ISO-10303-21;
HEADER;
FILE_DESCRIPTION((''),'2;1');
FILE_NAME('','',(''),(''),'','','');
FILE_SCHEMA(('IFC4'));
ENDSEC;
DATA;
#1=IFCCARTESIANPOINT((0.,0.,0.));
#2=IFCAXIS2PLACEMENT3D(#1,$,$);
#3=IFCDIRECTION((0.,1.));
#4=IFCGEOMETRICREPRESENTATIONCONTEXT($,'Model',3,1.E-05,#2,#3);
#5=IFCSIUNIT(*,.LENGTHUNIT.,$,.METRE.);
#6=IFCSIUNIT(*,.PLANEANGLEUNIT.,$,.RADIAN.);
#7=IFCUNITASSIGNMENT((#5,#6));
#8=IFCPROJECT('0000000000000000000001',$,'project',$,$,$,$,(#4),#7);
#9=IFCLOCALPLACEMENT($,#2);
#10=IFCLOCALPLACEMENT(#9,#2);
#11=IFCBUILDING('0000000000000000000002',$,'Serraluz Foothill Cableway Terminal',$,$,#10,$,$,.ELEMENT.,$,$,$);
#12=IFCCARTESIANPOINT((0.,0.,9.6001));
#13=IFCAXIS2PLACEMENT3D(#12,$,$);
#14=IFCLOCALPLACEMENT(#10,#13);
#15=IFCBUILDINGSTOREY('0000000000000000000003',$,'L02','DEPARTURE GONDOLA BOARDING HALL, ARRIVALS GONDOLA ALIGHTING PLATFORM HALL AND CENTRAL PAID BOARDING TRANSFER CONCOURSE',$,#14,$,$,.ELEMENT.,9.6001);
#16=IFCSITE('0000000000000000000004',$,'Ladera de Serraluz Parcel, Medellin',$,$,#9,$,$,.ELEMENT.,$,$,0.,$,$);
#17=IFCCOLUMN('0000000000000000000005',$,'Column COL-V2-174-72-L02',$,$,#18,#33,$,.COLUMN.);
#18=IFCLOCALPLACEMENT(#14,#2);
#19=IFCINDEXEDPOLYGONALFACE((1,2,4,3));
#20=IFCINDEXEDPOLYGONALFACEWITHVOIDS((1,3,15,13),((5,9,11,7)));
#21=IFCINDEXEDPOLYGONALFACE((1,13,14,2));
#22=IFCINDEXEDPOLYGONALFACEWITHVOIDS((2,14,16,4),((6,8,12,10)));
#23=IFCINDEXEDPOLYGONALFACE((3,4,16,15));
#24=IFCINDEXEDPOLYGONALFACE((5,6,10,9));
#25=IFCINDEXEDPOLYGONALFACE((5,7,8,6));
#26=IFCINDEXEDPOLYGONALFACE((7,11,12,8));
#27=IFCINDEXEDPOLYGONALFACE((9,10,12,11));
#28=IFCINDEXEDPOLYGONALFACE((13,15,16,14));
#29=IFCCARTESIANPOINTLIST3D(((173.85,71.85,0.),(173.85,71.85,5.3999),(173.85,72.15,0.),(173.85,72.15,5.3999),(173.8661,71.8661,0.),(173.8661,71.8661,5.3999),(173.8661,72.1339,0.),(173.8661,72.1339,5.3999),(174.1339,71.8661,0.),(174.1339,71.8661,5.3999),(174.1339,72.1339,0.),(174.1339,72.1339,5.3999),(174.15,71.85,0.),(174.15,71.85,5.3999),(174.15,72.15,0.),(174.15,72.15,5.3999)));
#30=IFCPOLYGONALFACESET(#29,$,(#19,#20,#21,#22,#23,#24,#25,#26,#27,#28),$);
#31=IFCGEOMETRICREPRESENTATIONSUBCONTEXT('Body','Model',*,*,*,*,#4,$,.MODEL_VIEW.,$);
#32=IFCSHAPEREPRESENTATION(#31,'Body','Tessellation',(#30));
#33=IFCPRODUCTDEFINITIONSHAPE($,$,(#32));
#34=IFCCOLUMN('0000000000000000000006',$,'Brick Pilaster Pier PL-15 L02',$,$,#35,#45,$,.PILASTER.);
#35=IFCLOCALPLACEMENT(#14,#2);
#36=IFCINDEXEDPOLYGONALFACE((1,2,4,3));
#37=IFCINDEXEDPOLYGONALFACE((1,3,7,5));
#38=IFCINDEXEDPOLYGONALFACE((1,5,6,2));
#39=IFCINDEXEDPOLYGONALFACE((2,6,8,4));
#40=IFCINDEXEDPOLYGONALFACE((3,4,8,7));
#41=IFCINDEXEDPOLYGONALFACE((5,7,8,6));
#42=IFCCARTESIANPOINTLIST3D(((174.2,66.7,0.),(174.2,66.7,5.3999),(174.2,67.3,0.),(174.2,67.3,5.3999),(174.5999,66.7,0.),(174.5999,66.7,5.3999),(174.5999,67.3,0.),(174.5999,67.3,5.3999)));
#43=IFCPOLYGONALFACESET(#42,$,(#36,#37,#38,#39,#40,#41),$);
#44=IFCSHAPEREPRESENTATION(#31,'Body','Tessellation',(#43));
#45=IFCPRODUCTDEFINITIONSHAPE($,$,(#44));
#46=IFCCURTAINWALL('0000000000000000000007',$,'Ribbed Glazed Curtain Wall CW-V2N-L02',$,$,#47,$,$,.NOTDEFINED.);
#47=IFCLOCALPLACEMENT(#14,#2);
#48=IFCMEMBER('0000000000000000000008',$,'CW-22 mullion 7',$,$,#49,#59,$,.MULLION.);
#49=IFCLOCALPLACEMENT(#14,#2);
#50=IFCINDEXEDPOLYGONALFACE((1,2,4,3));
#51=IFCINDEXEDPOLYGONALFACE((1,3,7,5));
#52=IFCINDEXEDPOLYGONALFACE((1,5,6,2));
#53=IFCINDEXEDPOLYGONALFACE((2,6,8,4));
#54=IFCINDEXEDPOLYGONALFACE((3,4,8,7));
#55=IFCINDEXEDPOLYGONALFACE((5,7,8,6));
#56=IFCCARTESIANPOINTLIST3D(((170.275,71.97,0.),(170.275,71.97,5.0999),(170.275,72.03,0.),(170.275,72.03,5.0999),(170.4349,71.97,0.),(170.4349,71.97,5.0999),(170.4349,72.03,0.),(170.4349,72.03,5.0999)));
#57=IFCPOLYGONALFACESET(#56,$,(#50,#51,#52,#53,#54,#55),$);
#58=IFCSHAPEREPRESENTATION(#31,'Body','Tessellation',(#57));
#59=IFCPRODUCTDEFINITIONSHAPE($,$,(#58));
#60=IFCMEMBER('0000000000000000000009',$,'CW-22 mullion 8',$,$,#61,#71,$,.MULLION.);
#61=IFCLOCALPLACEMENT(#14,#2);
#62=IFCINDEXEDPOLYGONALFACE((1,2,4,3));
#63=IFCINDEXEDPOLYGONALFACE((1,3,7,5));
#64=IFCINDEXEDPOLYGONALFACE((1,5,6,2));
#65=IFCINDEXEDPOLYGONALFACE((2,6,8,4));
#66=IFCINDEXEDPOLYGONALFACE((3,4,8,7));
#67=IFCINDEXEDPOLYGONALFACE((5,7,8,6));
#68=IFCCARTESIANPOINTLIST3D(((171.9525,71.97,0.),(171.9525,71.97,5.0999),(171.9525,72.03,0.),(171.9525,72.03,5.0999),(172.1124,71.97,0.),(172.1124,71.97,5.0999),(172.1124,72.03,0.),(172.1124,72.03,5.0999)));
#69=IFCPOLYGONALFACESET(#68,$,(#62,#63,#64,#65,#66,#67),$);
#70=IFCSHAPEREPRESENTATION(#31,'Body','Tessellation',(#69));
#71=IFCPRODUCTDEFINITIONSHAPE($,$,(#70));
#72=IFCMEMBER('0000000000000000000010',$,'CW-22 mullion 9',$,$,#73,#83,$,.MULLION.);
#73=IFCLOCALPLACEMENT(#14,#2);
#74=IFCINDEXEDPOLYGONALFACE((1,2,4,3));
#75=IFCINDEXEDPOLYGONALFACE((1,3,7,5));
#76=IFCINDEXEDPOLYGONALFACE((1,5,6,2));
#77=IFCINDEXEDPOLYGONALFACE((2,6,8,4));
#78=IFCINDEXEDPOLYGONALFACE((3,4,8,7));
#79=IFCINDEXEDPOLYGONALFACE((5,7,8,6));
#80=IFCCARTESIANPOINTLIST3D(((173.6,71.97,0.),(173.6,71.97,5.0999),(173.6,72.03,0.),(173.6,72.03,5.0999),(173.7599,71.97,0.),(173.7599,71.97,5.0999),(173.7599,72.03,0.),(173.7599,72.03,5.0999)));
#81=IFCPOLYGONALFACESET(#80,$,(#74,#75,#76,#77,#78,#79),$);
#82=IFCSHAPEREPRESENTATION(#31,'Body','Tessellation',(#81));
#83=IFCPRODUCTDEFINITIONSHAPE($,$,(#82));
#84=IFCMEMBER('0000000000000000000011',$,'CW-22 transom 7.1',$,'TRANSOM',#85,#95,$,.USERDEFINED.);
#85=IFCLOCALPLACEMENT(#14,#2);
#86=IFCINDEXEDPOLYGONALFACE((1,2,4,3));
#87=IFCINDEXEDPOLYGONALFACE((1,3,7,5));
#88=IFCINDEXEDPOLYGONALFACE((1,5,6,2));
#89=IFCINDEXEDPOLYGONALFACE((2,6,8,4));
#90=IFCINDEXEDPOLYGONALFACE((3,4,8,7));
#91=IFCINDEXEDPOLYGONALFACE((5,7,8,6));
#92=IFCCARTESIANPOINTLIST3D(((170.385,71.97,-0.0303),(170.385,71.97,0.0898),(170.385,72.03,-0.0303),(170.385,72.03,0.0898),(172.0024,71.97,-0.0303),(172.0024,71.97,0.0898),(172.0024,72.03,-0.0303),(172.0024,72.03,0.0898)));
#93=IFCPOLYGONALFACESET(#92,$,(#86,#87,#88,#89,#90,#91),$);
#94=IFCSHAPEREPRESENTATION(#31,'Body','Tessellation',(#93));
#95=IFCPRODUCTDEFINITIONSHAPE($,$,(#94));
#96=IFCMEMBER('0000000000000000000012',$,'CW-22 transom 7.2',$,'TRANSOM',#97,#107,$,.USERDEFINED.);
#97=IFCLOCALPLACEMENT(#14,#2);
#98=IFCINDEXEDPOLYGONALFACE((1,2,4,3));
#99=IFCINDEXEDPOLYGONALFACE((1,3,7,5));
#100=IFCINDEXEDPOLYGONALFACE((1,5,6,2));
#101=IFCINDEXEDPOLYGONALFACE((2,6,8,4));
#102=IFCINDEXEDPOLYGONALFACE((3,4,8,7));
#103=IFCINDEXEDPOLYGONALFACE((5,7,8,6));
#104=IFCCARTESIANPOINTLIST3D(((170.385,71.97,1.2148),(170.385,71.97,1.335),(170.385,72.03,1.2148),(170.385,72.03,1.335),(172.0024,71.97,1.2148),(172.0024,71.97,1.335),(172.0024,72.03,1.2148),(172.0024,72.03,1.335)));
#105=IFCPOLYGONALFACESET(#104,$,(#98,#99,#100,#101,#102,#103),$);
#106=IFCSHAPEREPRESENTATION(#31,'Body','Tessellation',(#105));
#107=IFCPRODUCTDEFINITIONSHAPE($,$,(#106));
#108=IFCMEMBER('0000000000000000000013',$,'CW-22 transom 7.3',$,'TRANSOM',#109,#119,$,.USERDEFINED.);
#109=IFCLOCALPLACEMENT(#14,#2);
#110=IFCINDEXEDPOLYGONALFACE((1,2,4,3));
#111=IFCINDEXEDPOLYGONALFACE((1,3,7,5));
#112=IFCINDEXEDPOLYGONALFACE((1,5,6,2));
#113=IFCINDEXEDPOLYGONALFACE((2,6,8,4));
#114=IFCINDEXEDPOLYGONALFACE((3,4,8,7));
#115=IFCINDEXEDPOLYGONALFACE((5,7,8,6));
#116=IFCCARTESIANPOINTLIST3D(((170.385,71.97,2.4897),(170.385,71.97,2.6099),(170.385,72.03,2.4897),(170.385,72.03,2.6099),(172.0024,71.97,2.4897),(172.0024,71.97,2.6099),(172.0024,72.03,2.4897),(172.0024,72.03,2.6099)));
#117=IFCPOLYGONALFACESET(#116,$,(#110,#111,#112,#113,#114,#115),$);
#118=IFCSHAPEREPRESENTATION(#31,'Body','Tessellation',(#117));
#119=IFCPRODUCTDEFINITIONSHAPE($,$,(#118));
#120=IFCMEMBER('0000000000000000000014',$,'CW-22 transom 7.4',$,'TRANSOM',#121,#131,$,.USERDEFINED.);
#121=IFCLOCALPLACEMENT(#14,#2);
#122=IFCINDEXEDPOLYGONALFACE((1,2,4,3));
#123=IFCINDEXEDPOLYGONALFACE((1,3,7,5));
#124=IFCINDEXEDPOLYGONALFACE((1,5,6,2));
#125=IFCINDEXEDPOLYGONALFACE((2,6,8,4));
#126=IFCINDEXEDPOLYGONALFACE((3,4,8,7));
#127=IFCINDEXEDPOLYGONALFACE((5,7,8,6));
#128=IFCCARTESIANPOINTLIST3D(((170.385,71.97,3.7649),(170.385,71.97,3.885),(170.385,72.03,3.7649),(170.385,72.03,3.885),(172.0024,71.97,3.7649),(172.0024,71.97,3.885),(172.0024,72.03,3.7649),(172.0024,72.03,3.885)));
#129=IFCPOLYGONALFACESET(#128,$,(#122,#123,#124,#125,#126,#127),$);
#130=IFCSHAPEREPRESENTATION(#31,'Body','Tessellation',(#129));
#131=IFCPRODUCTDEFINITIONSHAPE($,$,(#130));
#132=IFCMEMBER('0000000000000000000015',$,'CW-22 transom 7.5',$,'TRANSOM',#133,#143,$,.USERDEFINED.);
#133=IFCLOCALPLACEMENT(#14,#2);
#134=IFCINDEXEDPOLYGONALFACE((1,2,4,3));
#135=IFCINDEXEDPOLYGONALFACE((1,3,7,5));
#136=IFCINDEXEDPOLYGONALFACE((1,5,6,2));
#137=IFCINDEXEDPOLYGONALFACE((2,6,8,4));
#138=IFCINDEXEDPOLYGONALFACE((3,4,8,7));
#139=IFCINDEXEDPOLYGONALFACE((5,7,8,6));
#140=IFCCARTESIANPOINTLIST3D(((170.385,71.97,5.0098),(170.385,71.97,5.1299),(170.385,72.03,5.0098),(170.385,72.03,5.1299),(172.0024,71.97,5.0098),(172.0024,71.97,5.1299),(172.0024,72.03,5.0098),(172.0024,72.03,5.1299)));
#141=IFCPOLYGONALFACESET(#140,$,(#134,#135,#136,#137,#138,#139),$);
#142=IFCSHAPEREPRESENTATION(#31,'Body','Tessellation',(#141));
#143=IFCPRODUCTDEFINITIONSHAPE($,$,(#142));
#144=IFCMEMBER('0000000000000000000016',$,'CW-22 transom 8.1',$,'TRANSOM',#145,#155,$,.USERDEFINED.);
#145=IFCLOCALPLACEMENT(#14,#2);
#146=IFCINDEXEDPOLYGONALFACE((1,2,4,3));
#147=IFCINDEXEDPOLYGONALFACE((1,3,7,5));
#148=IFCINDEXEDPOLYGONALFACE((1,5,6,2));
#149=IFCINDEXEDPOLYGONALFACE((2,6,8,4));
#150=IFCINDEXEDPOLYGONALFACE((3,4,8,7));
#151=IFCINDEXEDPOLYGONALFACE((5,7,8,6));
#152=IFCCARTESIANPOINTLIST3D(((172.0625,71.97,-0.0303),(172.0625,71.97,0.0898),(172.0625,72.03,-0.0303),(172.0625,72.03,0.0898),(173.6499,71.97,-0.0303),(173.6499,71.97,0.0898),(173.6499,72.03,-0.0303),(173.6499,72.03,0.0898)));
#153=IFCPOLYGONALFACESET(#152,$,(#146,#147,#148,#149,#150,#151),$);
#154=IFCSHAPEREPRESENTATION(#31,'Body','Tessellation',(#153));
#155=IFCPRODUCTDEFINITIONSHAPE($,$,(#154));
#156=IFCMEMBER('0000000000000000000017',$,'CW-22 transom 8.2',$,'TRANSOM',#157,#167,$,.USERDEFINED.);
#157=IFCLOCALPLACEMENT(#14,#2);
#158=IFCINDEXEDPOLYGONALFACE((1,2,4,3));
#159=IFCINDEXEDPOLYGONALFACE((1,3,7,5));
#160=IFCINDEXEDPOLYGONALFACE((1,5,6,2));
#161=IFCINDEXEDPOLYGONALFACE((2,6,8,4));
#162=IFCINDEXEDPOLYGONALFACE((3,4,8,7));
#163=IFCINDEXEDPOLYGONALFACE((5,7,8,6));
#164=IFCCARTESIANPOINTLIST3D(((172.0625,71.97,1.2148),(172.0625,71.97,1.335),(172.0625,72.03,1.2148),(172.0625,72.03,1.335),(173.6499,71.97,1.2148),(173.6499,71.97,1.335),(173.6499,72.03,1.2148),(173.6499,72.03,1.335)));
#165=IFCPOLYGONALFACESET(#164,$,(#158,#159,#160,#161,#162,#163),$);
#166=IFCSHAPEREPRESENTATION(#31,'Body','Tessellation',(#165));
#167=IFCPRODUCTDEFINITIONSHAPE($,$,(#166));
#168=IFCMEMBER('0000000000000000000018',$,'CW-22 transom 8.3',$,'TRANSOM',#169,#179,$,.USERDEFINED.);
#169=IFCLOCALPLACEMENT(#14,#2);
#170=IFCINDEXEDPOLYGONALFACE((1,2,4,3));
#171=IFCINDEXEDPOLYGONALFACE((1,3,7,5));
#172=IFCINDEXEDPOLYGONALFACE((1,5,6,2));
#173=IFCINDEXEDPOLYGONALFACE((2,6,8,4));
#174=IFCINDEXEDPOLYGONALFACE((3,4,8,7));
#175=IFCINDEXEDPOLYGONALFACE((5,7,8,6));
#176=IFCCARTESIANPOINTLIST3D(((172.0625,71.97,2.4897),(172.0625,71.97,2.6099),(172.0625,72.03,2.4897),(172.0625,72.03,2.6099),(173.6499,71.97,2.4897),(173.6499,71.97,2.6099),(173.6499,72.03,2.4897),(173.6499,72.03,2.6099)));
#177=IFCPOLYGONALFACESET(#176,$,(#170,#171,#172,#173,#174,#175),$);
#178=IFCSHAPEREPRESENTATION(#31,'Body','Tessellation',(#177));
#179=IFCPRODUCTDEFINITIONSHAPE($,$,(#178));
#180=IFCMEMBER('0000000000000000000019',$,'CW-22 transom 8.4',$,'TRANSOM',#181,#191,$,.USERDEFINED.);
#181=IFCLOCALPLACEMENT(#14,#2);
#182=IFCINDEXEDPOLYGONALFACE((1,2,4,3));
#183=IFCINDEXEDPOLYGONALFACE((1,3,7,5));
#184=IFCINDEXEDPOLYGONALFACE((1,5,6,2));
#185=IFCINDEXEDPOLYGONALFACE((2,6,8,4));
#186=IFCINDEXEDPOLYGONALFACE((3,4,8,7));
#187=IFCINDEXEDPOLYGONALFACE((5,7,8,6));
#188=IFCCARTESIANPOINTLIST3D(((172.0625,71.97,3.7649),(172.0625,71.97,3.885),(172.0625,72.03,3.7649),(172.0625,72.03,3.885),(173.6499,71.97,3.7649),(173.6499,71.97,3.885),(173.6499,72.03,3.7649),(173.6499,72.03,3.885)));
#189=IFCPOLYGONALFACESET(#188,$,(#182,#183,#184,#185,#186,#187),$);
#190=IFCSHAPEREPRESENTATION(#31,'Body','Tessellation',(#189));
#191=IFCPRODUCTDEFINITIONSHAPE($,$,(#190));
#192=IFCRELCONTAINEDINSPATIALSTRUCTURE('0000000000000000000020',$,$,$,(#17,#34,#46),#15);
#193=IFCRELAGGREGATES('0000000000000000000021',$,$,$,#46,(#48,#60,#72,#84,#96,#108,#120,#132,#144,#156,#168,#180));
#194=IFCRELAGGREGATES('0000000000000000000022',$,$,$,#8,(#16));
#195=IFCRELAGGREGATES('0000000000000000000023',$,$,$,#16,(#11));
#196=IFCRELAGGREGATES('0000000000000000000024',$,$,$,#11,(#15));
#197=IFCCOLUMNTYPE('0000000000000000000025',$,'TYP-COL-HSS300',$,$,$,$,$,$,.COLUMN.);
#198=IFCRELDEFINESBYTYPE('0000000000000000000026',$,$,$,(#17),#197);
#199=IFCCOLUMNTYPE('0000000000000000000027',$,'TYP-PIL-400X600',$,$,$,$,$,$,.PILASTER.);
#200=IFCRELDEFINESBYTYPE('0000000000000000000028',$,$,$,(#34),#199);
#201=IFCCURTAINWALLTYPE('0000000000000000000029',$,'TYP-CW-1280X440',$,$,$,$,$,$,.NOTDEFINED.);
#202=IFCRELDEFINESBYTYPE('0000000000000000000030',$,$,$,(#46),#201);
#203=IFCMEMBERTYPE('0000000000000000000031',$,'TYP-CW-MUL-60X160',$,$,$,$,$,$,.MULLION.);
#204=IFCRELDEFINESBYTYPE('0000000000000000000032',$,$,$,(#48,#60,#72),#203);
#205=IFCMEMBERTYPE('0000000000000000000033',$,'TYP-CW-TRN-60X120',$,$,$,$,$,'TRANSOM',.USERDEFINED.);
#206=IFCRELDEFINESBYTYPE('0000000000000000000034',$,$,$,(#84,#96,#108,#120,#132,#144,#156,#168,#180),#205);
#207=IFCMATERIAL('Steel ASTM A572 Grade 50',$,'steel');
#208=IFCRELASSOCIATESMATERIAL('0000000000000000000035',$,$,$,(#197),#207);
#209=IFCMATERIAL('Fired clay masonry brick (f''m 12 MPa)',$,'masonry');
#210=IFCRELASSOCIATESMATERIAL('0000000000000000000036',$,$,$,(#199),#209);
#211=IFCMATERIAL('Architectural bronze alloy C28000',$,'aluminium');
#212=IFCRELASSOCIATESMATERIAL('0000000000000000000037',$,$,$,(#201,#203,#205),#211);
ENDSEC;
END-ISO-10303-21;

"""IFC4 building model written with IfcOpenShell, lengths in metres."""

from ifc_helpers import new_model, si_unit, direction, frame, origin, origin_2d, place, context, subcontext, project, spatial, rectangle, hollow_rectangle, extrude, material, material_profile, profile_set, type_object, element, aggregate, save


model = new_model("IFC4")

# Units and contexts
model_context = context("Model", 3, precision=1e-05, world=origin(), true_north=direction((0.0, 1.0)))
body_context = subcontext(model_context, "Body", "Model", "MODEL_VIEW")
ifc_project = project(units=[si_unit("LENGTHUNIT", "METRE"), si_unit("PLANEANGLEUNIT", "RADIAN")], contexts=[model_context])

# Site, building, storey
site_placement = place(None, origin())
site = spatial("IfcSite", under=ifc_project, at=site_placement, Name="Ladera de Serraluz Parcel, Medellin", CompositionType="ELEMENT", RefElevation=0.0)
building_placement = place(site_placement, origin())
building = spatial("IfcBuilding", under=site, at=building_placement, Name="Serraluz Foothill Cableway Terminal", CompositionType="ELEMENT")
storey_placement = place(building_placement, frame((0.0, 0.0, 9.6001)))
storey = spatial("IfcBuildingStorey", under=building, at=storey_placement, Name="L02", Description="DEPARTURE GONDOLA BOARDING HALL, ARRIVALS GONDOLA ALIGHTING PLATFORM HALL AND CENTRAL PAID BOARDING TRANSFER CONCOURSE", CompositionType="ELEMENT", Elevation=9.6001)

# Columns
ifc_material_1 = material(Name="Steel ASTM A572 Grade 50", Category="steel")
ifc_material_profile_1 = material_profile(ifc_material_1, hollow_rectangle(XDim=0.3, YDim=0.3, WallThickness=0.0161, at=origin_2d()), Name="HSS300X300X16")
ifc_profile_set_1 = profile_set([ifc_material_profile_1], Name="Steel ASTM A572 Grade 50")
column_type_1 = type_object("IfcColumnType", Name="TYP-COL-HSS300", PredefinedType="COLUMN", material=ifc_profile_set_1)
column_1_placement = place(storey_placement, frame((174.0, 72.0, 0.0), z_axis=(0.0, 0.0, 1.0), x_axis=(1.0, 0.0, 0.0)))
element("IfcColumn", 1, at=column_1_placement, inside=storey, type_object=column_type_1, Name="Column COL-V2-174-72-L02", PredefinedType="COLUMN", context=body_context, shape_type="SweptSolid", body=[
    extrude(hollow_rectangle(XDim=0.3, YDim=0.3, WallThickness=0.0161, at=origin_2d()), origin(), (0.0, 0.0, 1.0), 5.3999),
])
ifc_material_2 = material(Name="Fired clay masonry brick (f'm 12 MPa)", Category="masonry")
ifc_material_profile_2 = material_profile(ifc_material_2, rectangle(XDim=0.3999, YDim=0.6001, at=origin_2d()), Name="PIL 400x600")
ifc_profile_set_2 = profile_set([ifc_material_profile_2], Name="Fired clay masonry brick (f'm 12 MPa)")
column_type_2 = type_object("IfcColumnType", Name="TYP-PIL-400X600", PredefinedType="PILASTER", material=ifc_profile_set_2)
column_2_placement = place(storey_placement, frame((174.3999, 67.0, 0.0), z_axis=(0.0, 0.0, 1.0), x_axis=(1.0, 0.0, 0.0)))
element("IfcColumn", 2, at=column_2_placement, inside=storey, type_object=column_type_2, Name="Brick Pilaster Pier PL-15 L02", PredefinedType="PILASTER", context=body_context, shape_type="SweptSolid", body=[
    extrude(rectangle(XDim=0.3999, YDim=0.6001, at=origin_2d()), origin(), (0.0, 0.0, 1.0), 5.3999),
])

# Curtain wall, members
ifc_material_3 = material(Name="Architectural bronze alloy C28000", Category="aluminium")
curtain_wall_type = type_object("IfcCurtainWallType", Name="TYP-CW-1280X440", PredefinedType="NOTDEFINED", material=ifc_material_3)
curtain_wall_placement = place(storey_placement, origin())
curtain_wall = element("IfcCurtainWall", 3, at=curtain_wall_placement, inside=storey, type_object=curtain_wall_type, Name="Ribbed Glazed Curtain Wall CW-V2N-L02", PredefinedType="NOTDEFINED")
ifc_material_profile_3 = material_profile(ifc_material_3, rectangle(XDim=0.0601, YDim=0.1599, at=origin_2d()), Name="ALU MULLION 60x160")
ifc_profile_set_3 = profile_set([ifc_material_profile_3], Name="Architectural bronze alloy C28000")
member_type_1 = type_object("IfcMemberType", Name="TYP-CW-MUL-60X160", PredefinedType="MULLION", material=ifc_profile_set_3)
member_1_placement = place(storey_placement, frame((170.355, 72.0, 0.0), z_axis=(0.0, 0.0, 1.0), x_axis=(0.0, 1.0, 0.0)))
member_1 = element("IfcMember", 4, at=member_1_placement, type_object=member_type_1, Name="CW-22 mullion 7", PredefinedType="MULLION", context=body_context, shape_type="SweptSolid", body=[
    extrude(rectangle(XDim=0.0601, YDim=0.1599, at=origin_2d()), origin(), (0.0, 0.0, 1.0), 5.0999),
])
member_2_placement = place(storey_placement, frame((172.0325, 72.0, 0.0), z_axis=(0.0, 0.0, 1.0), x_axis=(0.0, 1.0, 0.0)))
member_2 = element("IfcMember", 5, at=member_2_placement, type_object=member_type_1, Name="CW-22 mullion 8", PredefinedType="MULLION", context=body_context, shape_type="SweptSolid", body=[
    extrude(rectangle(XDim=0.0601, YDim=0.1599, at=origin_2d()), origin(), (0.0, 0.0, 1.0), 5.0999),
])
member_3_placement = place(storey_placement, frame((173.6799, 72.0, 0.0), z_axis=(0.0, 0.0, 1.0), x_axis=(0.0, 1.0, 0.0)))
member_3 = element("IfcMember", 6, at=member_3_placement, type_object=member_type_1, Name="CW-22 mullion 9", PredefinedType="MULLION", context=body_context, shape_type="SweptSolid", body=[
    extrude(rectangle(XDim=0.0601, YDim=0.1599, at=origin_2d()), origin(), (0.0, 0.0, 1.0), 5.0999),
])
ifc_material_profile_4 = material_profile(ifc_material_3, rectangle(XDim=0.0601, YDim=0.1201, at=origin_2d()), Name="ALU TRANSOM 60x120")
ifc_profile_set_4 = profile_set([ifc_material_profile_4], Name="Architectural bronze alloy C28000")
member_type_2 = type_object("IfcMemberType", Name="TYP-CW-TRN-60X120", ElementType="TRANSOM", PredefinedType="USERDEFINED", material=ifc_profile_set_4)
member_4_placement = place(storey_placement, frame((170.385, 72.0, 0.0298), z_axis=(1.0, 0.0, 0.0), x_axis=(0.0, 1.0, 0.0)))
member_4 = element("IfcMember", 7, at=member_4_placement, type_object=member_type_2, Name="CW-22 transom 7.1", ObjectType="TRANSOM", PredefinedType="USERDEFINED", context=body_context, shape_type="SweptSolid", body=[
    extrude(rectangle(XDim=0.0601, YDim=0.1201, at=origin_2d()), origin(), (0.0, 0.0, 1.0), 1.6174),
])
member_5_placement = place(storey_placement, frame((170.385, 72.0, 1.2749), z_axis=(1.0, 0.0, 0.0), x_axis=(0.0, 1.0, 0.0)))
member_5 = element("IfcMember", 8, at=member_5_placement, type_object=member_type_2, Name="CW-22 transom 7.2", ObjectType="TRANSOM", PredefinedType="USERDEFINED", context=body_context, shape_type="SweptSolid", body=[
    extrude(rectangle(XDim=0.0601, YDim=0.1201, at=origin_2d()), origin(), (0.0, 0.0, 1.0), 1.6174),
])
member_6_placement = place(storey_placement, frame((170.385, 72.0, 2.5498), z_axis=(1.0, 0.0, 0.0), x_axis=(0.0, 1.0, 0.0)))
member_6 = element("IfcMember", 9, at=member_6_placement, type_object=member_type_2, Name="CW-22 transom 7.3", ObjectType="TRANSOM", PredefinedType="USERDEFINED", context=body_context, shape_type="SweptSolid", body=[
    extrude(rectangle(XDim=0.0601, YDim=0.1201, at=origin_2d()), origin(), (0.0, 0.0, 1.0), 1.6174),
])
member_7_placement = place(storey_placement, frame((170.385, 72.0, 3.825), z_axis=(1.0, 0.0, 0.0), x_axis=(0.0, 1.0, 0.0)))
member_7 = element("IfcMember", 10, at=member_7_placement, type_object=member_type_2, Name="CW-22 transom 7.4", ObjectType="TRANSOM", PredefinedType="USERDEFINED", context=body_context, shape_type="SweptSolid", body=[
    extrude(rectangle(XDim=0.0601, YDim=0.1201, at=origin_2d()), origin(), (0.0, 0.0, 1.0), 1.6174),
])
member_8_placement = place(storey_placement, frame((170.385, 72.0, 5.0698), z_axis=(1.0, 0.0, 0.0), x_axis=(0.0, 1.0, 0.0)))
member_8 = element("IfcMember", 11, at=member_8_placement, type_object=member_type_2, Name="CW-22 transom 7.5", ObjectType="TRANSOM", PredefinedType="USERDEFINED", context=body_context, shape_type="SweptSolid", body=[
    extrude(rectangle(XDim=0.0601, YDim=0.1201, at=origin_2d()), origin(), (0.0, 0.0, 1.0), 1.6174),
])
member_9_placement = place(storey_placement, frame((172.0625, 72.0, 0.0298), z_axis=(1.0, 0.0, 0.0), x_axis=(0.0, 1.0, 0.0)))
member_9 = element("IfcMember", 12, at=member_9_placement, type_object=member_type_2, Name="CW-22 transom 8.1", ObjectType="TRANSOM", PredefinedType="USERDEFINED", context=body_context, shape_type="SweptSolid", body=[
    extrude(rectangle(XDim=0.0601, YDim=0.1201, at=origin_2d()), origin(), (0.0, 0.0, 1.0), 1.5874),
])
member_10_placement = place(storey_placement, frame((172.0625, 72.0, 1.2749), z_axis=(1.0, 0.0, 0.0), x_axis=(0.0, 1.0, 0.0)))
member_10 = element("IfcMember", 13, at=member_10_placement, type_object=member_type_2, Name="CW-22 transom 8.2", ObjectType="TRANSOM", PredefinedType="USERDEFINED", context=body_context, shape_type="SweptSolid", body=[
    extrude(rectangle(XDim=0.0601, YDim=0.1201, at=origin_2d()), origin(), (0.0, 0.0, 1.0), 1.5874),
])
member_11_placement = place(storey_placement, frame((172.0625, 72.0, 2.5498), z_axis=(1.0, 0.0, 0.0), x_axis=(0.0, 1.0, 0.0)))
member_11 = element("IfcMember", 14, at=member_11_placement, type_object=member_type_2, Name="CW-22 transom 8.3", ObjectType="TRANSOM", PredefinedType="USERDEFINED", context=body_context, shape_type="SweptSolid", body=[
    extrude(rectangle(XDim=0.0601, YDim=0.1201, at=origin_2d()), origin(), (0.0, 0.0, 1.0), 1.5874),
])
member_12_placement = place(storey_placement, frame((172.0625, 72.0, 3.825), z_axis=(1.0, 0.0, 0.0), x_axis=(0.0, 1.0, 0.0)))
member_12 = element("IfcMember", 15, at=member_12_placement, type_object=member_type_2, Name="CW-22 transom 8.4", ObjectType="TRANSOM", PredefinedType="USERDEFINED", context=body_context, shape_type="SweptSolid", body=[
    extrude(rectangle(XDim=0.0601, YDim=0.1201, at=origin_2d()), origin(), (0.0, 0.0, 1.0), 1.5874),
])
aggregate(curtain_wall, [member_1, member_2, member_3, member_4, member_5, member_6, member_7, member_8, member_9, member_10, member_11, member_12])

save(model, "model.ifc")
